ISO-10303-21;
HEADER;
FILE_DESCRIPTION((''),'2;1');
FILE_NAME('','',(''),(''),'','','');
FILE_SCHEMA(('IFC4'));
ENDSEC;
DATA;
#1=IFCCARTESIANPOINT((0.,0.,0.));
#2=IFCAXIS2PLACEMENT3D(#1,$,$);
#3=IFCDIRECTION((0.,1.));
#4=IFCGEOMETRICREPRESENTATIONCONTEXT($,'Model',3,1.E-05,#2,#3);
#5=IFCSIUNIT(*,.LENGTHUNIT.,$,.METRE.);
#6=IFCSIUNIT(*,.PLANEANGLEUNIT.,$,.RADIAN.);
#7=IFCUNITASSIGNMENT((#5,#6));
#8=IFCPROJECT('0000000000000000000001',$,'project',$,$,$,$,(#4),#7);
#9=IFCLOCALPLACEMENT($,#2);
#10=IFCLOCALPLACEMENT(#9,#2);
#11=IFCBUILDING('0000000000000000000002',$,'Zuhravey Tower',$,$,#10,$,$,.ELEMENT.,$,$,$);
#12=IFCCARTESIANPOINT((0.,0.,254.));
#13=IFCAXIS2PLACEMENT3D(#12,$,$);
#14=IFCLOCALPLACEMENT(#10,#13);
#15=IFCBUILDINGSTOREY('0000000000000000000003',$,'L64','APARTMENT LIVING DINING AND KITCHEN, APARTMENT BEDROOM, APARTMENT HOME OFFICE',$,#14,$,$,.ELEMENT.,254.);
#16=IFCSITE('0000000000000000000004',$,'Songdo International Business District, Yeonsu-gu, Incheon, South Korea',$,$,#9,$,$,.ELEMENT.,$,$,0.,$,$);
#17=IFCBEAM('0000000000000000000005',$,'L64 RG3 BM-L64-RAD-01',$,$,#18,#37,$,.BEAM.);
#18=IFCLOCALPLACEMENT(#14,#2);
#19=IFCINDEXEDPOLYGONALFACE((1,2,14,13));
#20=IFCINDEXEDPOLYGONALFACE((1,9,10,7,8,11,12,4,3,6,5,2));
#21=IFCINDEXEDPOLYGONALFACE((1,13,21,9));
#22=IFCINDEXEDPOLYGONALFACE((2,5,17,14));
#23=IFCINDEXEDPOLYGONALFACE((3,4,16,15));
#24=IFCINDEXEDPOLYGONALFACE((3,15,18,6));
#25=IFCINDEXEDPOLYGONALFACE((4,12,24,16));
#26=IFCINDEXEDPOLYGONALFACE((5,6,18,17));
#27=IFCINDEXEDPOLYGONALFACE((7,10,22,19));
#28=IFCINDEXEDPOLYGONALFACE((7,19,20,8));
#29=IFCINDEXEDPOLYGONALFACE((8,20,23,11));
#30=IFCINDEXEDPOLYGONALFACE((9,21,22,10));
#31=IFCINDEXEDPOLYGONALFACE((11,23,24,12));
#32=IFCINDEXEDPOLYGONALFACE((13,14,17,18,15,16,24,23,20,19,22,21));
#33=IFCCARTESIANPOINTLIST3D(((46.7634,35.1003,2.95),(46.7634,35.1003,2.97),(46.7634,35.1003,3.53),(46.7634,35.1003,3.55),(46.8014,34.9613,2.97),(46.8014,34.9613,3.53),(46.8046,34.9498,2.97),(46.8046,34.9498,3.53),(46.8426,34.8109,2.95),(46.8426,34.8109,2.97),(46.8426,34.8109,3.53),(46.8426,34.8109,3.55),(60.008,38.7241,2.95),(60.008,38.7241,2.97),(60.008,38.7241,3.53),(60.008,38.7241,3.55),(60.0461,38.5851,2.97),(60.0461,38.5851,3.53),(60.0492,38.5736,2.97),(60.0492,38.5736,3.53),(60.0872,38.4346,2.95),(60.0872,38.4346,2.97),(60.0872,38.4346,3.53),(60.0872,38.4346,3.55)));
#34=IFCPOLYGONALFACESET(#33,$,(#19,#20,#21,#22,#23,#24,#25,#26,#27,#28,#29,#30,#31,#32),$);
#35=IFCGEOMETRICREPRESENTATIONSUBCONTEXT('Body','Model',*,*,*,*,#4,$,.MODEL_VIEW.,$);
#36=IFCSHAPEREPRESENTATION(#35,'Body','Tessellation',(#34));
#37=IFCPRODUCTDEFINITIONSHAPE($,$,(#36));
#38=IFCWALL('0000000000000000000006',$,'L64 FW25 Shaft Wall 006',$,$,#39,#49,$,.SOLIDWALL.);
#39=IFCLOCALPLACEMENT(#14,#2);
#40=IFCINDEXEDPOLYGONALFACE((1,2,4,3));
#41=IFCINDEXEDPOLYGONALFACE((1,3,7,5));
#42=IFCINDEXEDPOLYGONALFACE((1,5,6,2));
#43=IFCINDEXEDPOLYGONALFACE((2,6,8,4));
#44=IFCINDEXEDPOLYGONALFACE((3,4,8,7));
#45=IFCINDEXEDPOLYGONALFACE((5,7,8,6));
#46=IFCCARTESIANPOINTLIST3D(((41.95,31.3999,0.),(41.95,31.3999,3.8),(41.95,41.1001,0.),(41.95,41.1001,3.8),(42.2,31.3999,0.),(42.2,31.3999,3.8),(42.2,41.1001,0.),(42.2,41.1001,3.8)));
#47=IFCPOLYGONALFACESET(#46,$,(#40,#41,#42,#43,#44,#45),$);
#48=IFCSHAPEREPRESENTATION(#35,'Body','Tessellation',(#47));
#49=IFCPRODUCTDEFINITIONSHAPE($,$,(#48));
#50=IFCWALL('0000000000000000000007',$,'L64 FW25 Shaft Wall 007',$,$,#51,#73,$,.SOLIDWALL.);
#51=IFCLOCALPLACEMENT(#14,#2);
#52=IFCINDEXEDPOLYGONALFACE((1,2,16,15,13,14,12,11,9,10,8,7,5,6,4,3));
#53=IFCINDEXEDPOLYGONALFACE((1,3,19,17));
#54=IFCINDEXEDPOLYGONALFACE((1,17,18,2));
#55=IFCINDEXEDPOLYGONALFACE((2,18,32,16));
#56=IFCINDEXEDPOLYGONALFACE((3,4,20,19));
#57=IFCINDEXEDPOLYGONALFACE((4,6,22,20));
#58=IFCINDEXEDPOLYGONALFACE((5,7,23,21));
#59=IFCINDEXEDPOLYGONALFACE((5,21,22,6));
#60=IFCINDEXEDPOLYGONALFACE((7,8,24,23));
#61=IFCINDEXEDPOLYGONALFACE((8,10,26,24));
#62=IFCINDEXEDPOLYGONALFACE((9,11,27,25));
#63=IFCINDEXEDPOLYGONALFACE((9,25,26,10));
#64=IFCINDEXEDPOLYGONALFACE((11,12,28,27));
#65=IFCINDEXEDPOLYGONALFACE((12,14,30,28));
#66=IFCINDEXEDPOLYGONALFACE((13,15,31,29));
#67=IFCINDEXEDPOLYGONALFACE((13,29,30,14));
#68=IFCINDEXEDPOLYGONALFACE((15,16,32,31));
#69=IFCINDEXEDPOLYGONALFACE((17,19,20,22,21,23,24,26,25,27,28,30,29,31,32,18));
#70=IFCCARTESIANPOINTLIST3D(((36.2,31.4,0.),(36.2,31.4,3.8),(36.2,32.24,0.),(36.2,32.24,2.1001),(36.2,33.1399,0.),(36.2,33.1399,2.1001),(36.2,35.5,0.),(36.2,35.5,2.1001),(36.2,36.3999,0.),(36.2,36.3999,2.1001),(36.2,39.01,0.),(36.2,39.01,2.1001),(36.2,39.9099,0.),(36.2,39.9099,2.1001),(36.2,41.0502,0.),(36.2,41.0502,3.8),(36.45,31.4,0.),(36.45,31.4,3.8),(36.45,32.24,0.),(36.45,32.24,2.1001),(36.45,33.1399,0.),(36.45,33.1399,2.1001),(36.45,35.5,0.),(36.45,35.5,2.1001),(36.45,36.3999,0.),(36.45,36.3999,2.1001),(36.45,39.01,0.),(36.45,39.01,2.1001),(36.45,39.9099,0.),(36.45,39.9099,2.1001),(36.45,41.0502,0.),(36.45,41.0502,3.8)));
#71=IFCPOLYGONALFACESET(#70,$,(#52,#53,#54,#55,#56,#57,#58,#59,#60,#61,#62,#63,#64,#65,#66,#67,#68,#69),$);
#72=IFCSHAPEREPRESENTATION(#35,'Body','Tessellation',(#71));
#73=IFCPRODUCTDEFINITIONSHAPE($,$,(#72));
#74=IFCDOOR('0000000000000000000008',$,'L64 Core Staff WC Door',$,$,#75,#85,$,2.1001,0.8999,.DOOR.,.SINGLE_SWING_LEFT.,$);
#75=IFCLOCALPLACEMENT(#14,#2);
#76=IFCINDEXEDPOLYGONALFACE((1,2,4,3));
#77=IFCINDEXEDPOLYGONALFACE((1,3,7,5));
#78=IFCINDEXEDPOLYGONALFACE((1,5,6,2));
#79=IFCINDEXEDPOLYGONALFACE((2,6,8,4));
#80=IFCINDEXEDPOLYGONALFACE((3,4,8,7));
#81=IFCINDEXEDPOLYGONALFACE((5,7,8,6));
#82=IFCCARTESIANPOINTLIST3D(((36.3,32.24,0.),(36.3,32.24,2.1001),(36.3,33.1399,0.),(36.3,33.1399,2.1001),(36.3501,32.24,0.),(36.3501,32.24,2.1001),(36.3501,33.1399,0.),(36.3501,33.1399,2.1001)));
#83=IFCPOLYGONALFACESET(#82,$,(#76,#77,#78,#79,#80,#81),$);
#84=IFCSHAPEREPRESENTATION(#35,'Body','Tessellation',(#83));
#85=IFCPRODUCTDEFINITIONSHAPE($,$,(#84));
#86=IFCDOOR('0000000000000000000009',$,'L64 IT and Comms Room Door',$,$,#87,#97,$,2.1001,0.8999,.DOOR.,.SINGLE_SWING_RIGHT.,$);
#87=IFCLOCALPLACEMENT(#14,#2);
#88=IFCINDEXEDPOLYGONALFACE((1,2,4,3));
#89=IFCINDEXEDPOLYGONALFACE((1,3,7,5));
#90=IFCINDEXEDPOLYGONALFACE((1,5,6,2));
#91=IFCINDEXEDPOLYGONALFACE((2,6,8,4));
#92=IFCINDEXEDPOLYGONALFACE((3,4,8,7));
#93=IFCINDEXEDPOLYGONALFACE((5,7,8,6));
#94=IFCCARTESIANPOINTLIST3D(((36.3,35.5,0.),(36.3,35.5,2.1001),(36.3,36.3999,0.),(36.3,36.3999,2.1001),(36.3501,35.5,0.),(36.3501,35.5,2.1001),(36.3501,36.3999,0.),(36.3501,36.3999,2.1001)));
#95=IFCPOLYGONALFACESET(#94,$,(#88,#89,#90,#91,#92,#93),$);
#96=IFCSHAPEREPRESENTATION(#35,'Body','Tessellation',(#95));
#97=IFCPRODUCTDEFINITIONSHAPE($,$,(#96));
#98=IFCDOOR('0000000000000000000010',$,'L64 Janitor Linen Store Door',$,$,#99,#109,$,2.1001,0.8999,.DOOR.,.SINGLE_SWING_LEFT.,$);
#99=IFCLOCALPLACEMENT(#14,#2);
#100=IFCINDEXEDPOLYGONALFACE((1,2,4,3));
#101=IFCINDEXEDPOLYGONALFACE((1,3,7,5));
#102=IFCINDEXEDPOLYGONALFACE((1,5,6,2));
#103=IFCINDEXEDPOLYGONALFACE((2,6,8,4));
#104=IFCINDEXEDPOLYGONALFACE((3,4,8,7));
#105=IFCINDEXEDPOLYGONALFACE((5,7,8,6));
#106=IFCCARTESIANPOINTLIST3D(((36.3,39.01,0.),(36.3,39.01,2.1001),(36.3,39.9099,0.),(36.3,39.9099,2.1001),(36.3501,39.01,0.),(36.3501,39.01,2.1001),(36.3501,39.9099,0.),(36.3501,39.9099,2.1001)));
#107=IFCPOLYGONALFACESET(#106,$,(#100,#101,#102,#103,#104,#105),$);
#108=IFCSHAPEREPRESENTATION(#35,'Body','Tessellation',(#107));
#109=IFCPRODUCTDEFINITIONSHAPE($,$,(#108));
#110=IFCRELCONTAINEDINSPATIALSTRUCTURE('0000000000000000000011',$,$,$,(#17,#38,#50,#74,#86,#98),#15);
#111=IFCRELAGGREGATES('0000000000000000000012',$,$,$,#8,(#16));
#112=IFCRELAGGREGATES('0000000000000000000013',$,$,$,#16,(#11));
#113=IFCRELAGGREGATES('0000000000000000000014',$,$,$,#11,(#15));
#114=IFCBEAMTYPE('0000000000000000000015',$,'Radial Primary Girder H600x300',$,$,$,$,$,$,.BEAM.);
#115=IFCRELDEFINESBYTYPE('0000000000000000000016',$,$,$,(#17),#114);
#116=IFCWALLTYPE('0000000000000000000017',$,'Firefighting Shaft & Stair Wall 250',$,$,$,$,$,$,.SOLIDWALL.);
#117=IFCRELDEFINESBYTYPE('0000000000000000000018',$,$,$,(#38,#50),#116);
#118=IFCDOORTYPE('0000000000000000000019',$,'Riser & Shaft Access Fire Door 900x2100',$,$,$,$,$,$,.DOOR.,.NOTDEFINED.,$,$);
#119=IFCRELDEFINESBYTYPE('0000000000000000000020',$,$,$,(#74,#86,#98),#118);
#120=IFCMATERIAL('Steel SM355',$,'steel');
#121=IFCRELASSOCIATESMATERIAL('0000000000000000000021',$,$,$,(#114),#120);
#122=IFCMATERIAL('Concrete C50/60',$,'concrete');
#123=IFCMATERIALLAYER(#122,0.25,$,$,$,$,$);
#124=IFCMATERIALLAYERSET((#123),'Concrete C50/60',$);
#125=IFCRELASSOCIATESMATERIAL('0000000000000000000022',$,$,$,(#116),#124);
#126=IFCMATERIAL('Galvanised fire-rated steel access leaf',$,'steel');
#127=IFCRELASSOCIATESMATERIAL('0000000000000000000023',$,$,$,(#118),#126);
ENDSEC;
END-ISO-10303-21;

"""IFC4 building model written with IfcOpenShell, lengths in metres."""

from ifc_helpers import new_model, si_unit, direction, frame, frame_2d, origin, origin_2d, place, context, subcontext, project, spatial, rectangle, i_section, extrude, material, layer, layer_set, material_profile, profile_set, type_object, element, fill, save


model = new_model("IFC4")

# Units and contexts
model_context = context("Model", 3, precision=1e-05, world=origin(), true_north=direction((0.0, 1.0)))
body_context = subcontext(model_context, "Body", "Model", "MODEL_VIEW")
ifc_project = project(units=[si_unit("LENGTHUNIT", "METRE"), si_unit("PLANEANGLEUNIT", "RADIAN")], contexts=[model_context])

# Site, building, storey
site_placement = place(None, origin())
site = spatial("IfcSite", under=ifc_project, at=site_placement, Name="Songdo International Business District, Yeonsu-gu, Incheon, South Korea", CompositionType="ELEMENT", RefElevation=0.0)
building_placement = place(site_placement, origin())
building = spatial("IfcBuilding", under=site, at=building_placement, Name="Zuhravey Tower", CompositionType="ELEMENT")
storey_placement = place(building_placement, frame((0.0, 0.0, 254.0)))
storey = spatial("IfcBuildingStorey", under=building, at=storey_placement, Name="L64", Description="APARTMENT LIVING DINING AND KITCHEN, APARTMENT BEDROOM, APARTMENT HOME OFFICE", CompositionType="ELEMENT", Elevation=254.0)

# Beam
ifc_material_1 = material(Name="Steel SM355", Category="steel")
ifc_material_profile = material_profile(ifc_material_1, i_section(OverallWidth=0.3, OverallDepth=0.6001, WebThickness=0.012, FlangeThickness=0.02, at=origin_2d()), Name="H-600x300x12x20")
ifc_profile_set = profile_set([ifc_material_profile], Name="Steel SM355")
beam_type = type_object("IfcBeamType", Name="Radial Primary Girder H600x300", PredefinedType="BEAM", material=ifc_profile_set)
beam_placement = place(storey_placement, frame((46.803, 34.9556, 3.25), z_axis=(0.964549, 0.263904, 0.0), x_axis=(-0.263904, 0.964549, 0.0)))
element("IfcBeam", 1, at=beam_placement, inside=storey, type_object=beam_type, Name="L64 RG3 BM-L64-RAD-01", PredefinedType="BEAM", context=body_context, shape_type="SweptSolid", body=[
    extrude(i_section(OverallWidth=0.3, OverallDepth=0.6001, WebThickness=0.012, FlangeThickness=0.02, at=origin_2d()), origin(), (0.0, 0.0, 1.0), 13.7314),
])

# Wall
ifc_material_2 = material(Name="Concrete C50/60", Category="concrete")
ifc_layer_1 = layer(ifc_material_2, 0.25)
ifc_layer_set_1 = layer_set([ifc_layer_1], Name="Concrete C50/60")
wall_type_1 = type_object("IfcWallType", Name="Firefighting Shaft & Stair Wall 250", PredefinedType="SOLIDWALL", material=ifc_layer_set_1)
wall_1_placement = place(storey_placement, frame((42.075, 31.3999, 0.0), z_axis=(0.0, 0.0, 1.0), x_axis=(0.0, 1.0, 0.0)))
element("IfcWall", 2, at=wall_1_placement, inside=storey, type_object=wall_type_1, Name="L64 FW25 Shaft Wall 006", PredefinedType="SOLIDWALL", context=body_context, shape_type="SweptSolid", body=[
    extrude(rectangle(XDim=9.7002, YDim=0.25, at=frame_2d((4.8501, 0.0))), origin(), (0.0, 0.0, 1.0), 3.8),
])

# Wall, openings, doors
wall_2_placement = place(storey_placement, frame((36.325, 31.3999, 0.0), z_axis=(0.0, 0.0, 1.0), x_axis=(0.0, 1.0, 0.0)))
wall_2 = element("IfcWall", 3, at=wall_2_placement, inside=storey, type_object=wall_type_1, Name="L64 FW25 Shaft Wall 007", PredefinedType="SOLIDWALL", context=body_context, shape_type="SweptSolid", body=[
    extrude(rectangle(XDim=9.6501, YDim=0.25, at=frame_2d((4.8252, 0.0))), origin(), (0.0, 0.0, 1.0), 3.8),
])
opening_1_placement = place(wall_2_placement, frame((0.8401, 0.0, 0.0)))
opening_1 = element("IfcOpeningElement", 4, at=opening_1_placement, cuts=wall_2, PredefinedType="OPENING", context=body_context, shape_type="SweptSolid", body=[
    extrude(rectangle(XDim=0.8999, YDim=2.1001, at=frame_2d((0.45, 1.05))), frame((0.0, 0.137, 0.0), z_axis=(0.0, -1.0, 0.0), x_axis=(1.0, 0.0, 0.0)), (0.0, 0.0, 1.0), 0.2739),
])
opening_2_placement = place(wall_2_placement, frame((4.1001, 0.0, 0.0)))
opening_2 = element("IfcOpeningElement", 5, at=opening_2_placement, cuts=wall_2, PredefinedType="OPENING", context=body_context, shape_type="SweptSolid", body=[
    extrude(rectangle(XDim=0.8999, YDim=2.1001, at=frame_2d((0.45, 1.05))), frame((0.0, 0.137, 0.0), z_axis=(0.0, -1.0, 0.0), x_axis=(1.0, 0.0, 0.0)), (0.0, 0.0, 1.0), 0.2739),
])
opening_3_placement = place(wall_2_placement, frame((7.6101, 0.0, 0.0)))
opening_3 = element("IfcOpeningElement", 6, at=opening_3_placement, cuts=wall_2, PredefinedType="OPENING", context=body_context, shape_type="SweptSolid", body=[
    extrude(rectangle(XDim=0.8999, YDim=2.1001, at=frame_2d((0.45, 1.05))), frame((0.0, 0.137, 0.0), z_axis=(0.0, -1.0, 0.0), x_axis=(1.0, 0.0, 0.0)), (0.0, 0.0, 1.0), 0.2739),
])
ifc_material_3 = material(Name="Galvanised fire-rated steel access leaf", Category="steel")
door_type_1 = type_object("IfcDoorType", Name="Riser & Shaft Access Fire Door 900x2100", OperationType="NOTDEFINED", PredefinedType="DOOR", material=ifc_material_3)
door_1_placement = place(opening_1_placement, origin())
door_1 = element("IfcDoor", 7, at=door_1_placement, inside=storey, type_object=door_type_1, Name="L64 Core Staff WC Door", OperationType="SINGLE_SWING_LEFT", OverallHeight=2.1001, OverallWidth=0.8999, PredefinedType="DOOR", context=body_context, shape_type="SweptSolid", body=[
    extrude(rectangle(XDim=0.8999, YDim=2.1001, at=frame_2d((0.45, 1.05))), frame((0.0, 0.0249, 0.0), z_axis=(0.0, -1.0, 0.0), x_axis=(1.0, 0.0, 0.0)), (0.0, 0.0, 1.0), 0.05),
])
fill(opening_1, door_1)
door_2_placement = place(opening_2_placement, origin())
door_2 = element("IfcDoor", 8, at=door_2_placement, inside=storey, type_object=door_type_1, Name="L64 IT and Comms Room Door", OperationType="SINGLE_SWING_RIGHT", OverallHeight=2.1001, OverallWidth=0.8999, PredefinedType="DOOR", context=body_context, shape_type="SweptSolid", body=[
    extrude(rectangle(XDim=0.8999, YDim=2.1001, at=frame_2d((0.45, 1.05))), frame((0.0, 0.0249, 0.0), z_axis=(0.0, -1.0, 0.0), x_axis=(1.0, 0.0, 0.0)), (0.0, 0.0, 1.0), 0.05),
])
fill(opening_2, door_2)
door_3_placement = place(opening_3_placement, origin())
door_3 = element("IfcDoor", 9, at=door_3_placement, inside=storey, type_object=door_type_1, Name="L64 Janitor Linen Store Door", OperationType="SINGLE_SWING_LEFT", OverallHeight=2.1001, OverallWidth=0.8999, PredefinedType="DOOR", context=body_context, shape_type="SweptSolid", body=[
    extrude(rectangle(XDim=0.8999, YDim=2.1001, at=frame_2d((0.45, 1.05))), frame((0.0, 0.0249, 0.0), z_axis=(0.0, -1.0, 0.0), x_axis=(1.0, 0.0, 0.0)), (0.0, 0.0, 1.0), 0.05),
])
fill(opening_3, door_3)

save(model, "model.ifc")
